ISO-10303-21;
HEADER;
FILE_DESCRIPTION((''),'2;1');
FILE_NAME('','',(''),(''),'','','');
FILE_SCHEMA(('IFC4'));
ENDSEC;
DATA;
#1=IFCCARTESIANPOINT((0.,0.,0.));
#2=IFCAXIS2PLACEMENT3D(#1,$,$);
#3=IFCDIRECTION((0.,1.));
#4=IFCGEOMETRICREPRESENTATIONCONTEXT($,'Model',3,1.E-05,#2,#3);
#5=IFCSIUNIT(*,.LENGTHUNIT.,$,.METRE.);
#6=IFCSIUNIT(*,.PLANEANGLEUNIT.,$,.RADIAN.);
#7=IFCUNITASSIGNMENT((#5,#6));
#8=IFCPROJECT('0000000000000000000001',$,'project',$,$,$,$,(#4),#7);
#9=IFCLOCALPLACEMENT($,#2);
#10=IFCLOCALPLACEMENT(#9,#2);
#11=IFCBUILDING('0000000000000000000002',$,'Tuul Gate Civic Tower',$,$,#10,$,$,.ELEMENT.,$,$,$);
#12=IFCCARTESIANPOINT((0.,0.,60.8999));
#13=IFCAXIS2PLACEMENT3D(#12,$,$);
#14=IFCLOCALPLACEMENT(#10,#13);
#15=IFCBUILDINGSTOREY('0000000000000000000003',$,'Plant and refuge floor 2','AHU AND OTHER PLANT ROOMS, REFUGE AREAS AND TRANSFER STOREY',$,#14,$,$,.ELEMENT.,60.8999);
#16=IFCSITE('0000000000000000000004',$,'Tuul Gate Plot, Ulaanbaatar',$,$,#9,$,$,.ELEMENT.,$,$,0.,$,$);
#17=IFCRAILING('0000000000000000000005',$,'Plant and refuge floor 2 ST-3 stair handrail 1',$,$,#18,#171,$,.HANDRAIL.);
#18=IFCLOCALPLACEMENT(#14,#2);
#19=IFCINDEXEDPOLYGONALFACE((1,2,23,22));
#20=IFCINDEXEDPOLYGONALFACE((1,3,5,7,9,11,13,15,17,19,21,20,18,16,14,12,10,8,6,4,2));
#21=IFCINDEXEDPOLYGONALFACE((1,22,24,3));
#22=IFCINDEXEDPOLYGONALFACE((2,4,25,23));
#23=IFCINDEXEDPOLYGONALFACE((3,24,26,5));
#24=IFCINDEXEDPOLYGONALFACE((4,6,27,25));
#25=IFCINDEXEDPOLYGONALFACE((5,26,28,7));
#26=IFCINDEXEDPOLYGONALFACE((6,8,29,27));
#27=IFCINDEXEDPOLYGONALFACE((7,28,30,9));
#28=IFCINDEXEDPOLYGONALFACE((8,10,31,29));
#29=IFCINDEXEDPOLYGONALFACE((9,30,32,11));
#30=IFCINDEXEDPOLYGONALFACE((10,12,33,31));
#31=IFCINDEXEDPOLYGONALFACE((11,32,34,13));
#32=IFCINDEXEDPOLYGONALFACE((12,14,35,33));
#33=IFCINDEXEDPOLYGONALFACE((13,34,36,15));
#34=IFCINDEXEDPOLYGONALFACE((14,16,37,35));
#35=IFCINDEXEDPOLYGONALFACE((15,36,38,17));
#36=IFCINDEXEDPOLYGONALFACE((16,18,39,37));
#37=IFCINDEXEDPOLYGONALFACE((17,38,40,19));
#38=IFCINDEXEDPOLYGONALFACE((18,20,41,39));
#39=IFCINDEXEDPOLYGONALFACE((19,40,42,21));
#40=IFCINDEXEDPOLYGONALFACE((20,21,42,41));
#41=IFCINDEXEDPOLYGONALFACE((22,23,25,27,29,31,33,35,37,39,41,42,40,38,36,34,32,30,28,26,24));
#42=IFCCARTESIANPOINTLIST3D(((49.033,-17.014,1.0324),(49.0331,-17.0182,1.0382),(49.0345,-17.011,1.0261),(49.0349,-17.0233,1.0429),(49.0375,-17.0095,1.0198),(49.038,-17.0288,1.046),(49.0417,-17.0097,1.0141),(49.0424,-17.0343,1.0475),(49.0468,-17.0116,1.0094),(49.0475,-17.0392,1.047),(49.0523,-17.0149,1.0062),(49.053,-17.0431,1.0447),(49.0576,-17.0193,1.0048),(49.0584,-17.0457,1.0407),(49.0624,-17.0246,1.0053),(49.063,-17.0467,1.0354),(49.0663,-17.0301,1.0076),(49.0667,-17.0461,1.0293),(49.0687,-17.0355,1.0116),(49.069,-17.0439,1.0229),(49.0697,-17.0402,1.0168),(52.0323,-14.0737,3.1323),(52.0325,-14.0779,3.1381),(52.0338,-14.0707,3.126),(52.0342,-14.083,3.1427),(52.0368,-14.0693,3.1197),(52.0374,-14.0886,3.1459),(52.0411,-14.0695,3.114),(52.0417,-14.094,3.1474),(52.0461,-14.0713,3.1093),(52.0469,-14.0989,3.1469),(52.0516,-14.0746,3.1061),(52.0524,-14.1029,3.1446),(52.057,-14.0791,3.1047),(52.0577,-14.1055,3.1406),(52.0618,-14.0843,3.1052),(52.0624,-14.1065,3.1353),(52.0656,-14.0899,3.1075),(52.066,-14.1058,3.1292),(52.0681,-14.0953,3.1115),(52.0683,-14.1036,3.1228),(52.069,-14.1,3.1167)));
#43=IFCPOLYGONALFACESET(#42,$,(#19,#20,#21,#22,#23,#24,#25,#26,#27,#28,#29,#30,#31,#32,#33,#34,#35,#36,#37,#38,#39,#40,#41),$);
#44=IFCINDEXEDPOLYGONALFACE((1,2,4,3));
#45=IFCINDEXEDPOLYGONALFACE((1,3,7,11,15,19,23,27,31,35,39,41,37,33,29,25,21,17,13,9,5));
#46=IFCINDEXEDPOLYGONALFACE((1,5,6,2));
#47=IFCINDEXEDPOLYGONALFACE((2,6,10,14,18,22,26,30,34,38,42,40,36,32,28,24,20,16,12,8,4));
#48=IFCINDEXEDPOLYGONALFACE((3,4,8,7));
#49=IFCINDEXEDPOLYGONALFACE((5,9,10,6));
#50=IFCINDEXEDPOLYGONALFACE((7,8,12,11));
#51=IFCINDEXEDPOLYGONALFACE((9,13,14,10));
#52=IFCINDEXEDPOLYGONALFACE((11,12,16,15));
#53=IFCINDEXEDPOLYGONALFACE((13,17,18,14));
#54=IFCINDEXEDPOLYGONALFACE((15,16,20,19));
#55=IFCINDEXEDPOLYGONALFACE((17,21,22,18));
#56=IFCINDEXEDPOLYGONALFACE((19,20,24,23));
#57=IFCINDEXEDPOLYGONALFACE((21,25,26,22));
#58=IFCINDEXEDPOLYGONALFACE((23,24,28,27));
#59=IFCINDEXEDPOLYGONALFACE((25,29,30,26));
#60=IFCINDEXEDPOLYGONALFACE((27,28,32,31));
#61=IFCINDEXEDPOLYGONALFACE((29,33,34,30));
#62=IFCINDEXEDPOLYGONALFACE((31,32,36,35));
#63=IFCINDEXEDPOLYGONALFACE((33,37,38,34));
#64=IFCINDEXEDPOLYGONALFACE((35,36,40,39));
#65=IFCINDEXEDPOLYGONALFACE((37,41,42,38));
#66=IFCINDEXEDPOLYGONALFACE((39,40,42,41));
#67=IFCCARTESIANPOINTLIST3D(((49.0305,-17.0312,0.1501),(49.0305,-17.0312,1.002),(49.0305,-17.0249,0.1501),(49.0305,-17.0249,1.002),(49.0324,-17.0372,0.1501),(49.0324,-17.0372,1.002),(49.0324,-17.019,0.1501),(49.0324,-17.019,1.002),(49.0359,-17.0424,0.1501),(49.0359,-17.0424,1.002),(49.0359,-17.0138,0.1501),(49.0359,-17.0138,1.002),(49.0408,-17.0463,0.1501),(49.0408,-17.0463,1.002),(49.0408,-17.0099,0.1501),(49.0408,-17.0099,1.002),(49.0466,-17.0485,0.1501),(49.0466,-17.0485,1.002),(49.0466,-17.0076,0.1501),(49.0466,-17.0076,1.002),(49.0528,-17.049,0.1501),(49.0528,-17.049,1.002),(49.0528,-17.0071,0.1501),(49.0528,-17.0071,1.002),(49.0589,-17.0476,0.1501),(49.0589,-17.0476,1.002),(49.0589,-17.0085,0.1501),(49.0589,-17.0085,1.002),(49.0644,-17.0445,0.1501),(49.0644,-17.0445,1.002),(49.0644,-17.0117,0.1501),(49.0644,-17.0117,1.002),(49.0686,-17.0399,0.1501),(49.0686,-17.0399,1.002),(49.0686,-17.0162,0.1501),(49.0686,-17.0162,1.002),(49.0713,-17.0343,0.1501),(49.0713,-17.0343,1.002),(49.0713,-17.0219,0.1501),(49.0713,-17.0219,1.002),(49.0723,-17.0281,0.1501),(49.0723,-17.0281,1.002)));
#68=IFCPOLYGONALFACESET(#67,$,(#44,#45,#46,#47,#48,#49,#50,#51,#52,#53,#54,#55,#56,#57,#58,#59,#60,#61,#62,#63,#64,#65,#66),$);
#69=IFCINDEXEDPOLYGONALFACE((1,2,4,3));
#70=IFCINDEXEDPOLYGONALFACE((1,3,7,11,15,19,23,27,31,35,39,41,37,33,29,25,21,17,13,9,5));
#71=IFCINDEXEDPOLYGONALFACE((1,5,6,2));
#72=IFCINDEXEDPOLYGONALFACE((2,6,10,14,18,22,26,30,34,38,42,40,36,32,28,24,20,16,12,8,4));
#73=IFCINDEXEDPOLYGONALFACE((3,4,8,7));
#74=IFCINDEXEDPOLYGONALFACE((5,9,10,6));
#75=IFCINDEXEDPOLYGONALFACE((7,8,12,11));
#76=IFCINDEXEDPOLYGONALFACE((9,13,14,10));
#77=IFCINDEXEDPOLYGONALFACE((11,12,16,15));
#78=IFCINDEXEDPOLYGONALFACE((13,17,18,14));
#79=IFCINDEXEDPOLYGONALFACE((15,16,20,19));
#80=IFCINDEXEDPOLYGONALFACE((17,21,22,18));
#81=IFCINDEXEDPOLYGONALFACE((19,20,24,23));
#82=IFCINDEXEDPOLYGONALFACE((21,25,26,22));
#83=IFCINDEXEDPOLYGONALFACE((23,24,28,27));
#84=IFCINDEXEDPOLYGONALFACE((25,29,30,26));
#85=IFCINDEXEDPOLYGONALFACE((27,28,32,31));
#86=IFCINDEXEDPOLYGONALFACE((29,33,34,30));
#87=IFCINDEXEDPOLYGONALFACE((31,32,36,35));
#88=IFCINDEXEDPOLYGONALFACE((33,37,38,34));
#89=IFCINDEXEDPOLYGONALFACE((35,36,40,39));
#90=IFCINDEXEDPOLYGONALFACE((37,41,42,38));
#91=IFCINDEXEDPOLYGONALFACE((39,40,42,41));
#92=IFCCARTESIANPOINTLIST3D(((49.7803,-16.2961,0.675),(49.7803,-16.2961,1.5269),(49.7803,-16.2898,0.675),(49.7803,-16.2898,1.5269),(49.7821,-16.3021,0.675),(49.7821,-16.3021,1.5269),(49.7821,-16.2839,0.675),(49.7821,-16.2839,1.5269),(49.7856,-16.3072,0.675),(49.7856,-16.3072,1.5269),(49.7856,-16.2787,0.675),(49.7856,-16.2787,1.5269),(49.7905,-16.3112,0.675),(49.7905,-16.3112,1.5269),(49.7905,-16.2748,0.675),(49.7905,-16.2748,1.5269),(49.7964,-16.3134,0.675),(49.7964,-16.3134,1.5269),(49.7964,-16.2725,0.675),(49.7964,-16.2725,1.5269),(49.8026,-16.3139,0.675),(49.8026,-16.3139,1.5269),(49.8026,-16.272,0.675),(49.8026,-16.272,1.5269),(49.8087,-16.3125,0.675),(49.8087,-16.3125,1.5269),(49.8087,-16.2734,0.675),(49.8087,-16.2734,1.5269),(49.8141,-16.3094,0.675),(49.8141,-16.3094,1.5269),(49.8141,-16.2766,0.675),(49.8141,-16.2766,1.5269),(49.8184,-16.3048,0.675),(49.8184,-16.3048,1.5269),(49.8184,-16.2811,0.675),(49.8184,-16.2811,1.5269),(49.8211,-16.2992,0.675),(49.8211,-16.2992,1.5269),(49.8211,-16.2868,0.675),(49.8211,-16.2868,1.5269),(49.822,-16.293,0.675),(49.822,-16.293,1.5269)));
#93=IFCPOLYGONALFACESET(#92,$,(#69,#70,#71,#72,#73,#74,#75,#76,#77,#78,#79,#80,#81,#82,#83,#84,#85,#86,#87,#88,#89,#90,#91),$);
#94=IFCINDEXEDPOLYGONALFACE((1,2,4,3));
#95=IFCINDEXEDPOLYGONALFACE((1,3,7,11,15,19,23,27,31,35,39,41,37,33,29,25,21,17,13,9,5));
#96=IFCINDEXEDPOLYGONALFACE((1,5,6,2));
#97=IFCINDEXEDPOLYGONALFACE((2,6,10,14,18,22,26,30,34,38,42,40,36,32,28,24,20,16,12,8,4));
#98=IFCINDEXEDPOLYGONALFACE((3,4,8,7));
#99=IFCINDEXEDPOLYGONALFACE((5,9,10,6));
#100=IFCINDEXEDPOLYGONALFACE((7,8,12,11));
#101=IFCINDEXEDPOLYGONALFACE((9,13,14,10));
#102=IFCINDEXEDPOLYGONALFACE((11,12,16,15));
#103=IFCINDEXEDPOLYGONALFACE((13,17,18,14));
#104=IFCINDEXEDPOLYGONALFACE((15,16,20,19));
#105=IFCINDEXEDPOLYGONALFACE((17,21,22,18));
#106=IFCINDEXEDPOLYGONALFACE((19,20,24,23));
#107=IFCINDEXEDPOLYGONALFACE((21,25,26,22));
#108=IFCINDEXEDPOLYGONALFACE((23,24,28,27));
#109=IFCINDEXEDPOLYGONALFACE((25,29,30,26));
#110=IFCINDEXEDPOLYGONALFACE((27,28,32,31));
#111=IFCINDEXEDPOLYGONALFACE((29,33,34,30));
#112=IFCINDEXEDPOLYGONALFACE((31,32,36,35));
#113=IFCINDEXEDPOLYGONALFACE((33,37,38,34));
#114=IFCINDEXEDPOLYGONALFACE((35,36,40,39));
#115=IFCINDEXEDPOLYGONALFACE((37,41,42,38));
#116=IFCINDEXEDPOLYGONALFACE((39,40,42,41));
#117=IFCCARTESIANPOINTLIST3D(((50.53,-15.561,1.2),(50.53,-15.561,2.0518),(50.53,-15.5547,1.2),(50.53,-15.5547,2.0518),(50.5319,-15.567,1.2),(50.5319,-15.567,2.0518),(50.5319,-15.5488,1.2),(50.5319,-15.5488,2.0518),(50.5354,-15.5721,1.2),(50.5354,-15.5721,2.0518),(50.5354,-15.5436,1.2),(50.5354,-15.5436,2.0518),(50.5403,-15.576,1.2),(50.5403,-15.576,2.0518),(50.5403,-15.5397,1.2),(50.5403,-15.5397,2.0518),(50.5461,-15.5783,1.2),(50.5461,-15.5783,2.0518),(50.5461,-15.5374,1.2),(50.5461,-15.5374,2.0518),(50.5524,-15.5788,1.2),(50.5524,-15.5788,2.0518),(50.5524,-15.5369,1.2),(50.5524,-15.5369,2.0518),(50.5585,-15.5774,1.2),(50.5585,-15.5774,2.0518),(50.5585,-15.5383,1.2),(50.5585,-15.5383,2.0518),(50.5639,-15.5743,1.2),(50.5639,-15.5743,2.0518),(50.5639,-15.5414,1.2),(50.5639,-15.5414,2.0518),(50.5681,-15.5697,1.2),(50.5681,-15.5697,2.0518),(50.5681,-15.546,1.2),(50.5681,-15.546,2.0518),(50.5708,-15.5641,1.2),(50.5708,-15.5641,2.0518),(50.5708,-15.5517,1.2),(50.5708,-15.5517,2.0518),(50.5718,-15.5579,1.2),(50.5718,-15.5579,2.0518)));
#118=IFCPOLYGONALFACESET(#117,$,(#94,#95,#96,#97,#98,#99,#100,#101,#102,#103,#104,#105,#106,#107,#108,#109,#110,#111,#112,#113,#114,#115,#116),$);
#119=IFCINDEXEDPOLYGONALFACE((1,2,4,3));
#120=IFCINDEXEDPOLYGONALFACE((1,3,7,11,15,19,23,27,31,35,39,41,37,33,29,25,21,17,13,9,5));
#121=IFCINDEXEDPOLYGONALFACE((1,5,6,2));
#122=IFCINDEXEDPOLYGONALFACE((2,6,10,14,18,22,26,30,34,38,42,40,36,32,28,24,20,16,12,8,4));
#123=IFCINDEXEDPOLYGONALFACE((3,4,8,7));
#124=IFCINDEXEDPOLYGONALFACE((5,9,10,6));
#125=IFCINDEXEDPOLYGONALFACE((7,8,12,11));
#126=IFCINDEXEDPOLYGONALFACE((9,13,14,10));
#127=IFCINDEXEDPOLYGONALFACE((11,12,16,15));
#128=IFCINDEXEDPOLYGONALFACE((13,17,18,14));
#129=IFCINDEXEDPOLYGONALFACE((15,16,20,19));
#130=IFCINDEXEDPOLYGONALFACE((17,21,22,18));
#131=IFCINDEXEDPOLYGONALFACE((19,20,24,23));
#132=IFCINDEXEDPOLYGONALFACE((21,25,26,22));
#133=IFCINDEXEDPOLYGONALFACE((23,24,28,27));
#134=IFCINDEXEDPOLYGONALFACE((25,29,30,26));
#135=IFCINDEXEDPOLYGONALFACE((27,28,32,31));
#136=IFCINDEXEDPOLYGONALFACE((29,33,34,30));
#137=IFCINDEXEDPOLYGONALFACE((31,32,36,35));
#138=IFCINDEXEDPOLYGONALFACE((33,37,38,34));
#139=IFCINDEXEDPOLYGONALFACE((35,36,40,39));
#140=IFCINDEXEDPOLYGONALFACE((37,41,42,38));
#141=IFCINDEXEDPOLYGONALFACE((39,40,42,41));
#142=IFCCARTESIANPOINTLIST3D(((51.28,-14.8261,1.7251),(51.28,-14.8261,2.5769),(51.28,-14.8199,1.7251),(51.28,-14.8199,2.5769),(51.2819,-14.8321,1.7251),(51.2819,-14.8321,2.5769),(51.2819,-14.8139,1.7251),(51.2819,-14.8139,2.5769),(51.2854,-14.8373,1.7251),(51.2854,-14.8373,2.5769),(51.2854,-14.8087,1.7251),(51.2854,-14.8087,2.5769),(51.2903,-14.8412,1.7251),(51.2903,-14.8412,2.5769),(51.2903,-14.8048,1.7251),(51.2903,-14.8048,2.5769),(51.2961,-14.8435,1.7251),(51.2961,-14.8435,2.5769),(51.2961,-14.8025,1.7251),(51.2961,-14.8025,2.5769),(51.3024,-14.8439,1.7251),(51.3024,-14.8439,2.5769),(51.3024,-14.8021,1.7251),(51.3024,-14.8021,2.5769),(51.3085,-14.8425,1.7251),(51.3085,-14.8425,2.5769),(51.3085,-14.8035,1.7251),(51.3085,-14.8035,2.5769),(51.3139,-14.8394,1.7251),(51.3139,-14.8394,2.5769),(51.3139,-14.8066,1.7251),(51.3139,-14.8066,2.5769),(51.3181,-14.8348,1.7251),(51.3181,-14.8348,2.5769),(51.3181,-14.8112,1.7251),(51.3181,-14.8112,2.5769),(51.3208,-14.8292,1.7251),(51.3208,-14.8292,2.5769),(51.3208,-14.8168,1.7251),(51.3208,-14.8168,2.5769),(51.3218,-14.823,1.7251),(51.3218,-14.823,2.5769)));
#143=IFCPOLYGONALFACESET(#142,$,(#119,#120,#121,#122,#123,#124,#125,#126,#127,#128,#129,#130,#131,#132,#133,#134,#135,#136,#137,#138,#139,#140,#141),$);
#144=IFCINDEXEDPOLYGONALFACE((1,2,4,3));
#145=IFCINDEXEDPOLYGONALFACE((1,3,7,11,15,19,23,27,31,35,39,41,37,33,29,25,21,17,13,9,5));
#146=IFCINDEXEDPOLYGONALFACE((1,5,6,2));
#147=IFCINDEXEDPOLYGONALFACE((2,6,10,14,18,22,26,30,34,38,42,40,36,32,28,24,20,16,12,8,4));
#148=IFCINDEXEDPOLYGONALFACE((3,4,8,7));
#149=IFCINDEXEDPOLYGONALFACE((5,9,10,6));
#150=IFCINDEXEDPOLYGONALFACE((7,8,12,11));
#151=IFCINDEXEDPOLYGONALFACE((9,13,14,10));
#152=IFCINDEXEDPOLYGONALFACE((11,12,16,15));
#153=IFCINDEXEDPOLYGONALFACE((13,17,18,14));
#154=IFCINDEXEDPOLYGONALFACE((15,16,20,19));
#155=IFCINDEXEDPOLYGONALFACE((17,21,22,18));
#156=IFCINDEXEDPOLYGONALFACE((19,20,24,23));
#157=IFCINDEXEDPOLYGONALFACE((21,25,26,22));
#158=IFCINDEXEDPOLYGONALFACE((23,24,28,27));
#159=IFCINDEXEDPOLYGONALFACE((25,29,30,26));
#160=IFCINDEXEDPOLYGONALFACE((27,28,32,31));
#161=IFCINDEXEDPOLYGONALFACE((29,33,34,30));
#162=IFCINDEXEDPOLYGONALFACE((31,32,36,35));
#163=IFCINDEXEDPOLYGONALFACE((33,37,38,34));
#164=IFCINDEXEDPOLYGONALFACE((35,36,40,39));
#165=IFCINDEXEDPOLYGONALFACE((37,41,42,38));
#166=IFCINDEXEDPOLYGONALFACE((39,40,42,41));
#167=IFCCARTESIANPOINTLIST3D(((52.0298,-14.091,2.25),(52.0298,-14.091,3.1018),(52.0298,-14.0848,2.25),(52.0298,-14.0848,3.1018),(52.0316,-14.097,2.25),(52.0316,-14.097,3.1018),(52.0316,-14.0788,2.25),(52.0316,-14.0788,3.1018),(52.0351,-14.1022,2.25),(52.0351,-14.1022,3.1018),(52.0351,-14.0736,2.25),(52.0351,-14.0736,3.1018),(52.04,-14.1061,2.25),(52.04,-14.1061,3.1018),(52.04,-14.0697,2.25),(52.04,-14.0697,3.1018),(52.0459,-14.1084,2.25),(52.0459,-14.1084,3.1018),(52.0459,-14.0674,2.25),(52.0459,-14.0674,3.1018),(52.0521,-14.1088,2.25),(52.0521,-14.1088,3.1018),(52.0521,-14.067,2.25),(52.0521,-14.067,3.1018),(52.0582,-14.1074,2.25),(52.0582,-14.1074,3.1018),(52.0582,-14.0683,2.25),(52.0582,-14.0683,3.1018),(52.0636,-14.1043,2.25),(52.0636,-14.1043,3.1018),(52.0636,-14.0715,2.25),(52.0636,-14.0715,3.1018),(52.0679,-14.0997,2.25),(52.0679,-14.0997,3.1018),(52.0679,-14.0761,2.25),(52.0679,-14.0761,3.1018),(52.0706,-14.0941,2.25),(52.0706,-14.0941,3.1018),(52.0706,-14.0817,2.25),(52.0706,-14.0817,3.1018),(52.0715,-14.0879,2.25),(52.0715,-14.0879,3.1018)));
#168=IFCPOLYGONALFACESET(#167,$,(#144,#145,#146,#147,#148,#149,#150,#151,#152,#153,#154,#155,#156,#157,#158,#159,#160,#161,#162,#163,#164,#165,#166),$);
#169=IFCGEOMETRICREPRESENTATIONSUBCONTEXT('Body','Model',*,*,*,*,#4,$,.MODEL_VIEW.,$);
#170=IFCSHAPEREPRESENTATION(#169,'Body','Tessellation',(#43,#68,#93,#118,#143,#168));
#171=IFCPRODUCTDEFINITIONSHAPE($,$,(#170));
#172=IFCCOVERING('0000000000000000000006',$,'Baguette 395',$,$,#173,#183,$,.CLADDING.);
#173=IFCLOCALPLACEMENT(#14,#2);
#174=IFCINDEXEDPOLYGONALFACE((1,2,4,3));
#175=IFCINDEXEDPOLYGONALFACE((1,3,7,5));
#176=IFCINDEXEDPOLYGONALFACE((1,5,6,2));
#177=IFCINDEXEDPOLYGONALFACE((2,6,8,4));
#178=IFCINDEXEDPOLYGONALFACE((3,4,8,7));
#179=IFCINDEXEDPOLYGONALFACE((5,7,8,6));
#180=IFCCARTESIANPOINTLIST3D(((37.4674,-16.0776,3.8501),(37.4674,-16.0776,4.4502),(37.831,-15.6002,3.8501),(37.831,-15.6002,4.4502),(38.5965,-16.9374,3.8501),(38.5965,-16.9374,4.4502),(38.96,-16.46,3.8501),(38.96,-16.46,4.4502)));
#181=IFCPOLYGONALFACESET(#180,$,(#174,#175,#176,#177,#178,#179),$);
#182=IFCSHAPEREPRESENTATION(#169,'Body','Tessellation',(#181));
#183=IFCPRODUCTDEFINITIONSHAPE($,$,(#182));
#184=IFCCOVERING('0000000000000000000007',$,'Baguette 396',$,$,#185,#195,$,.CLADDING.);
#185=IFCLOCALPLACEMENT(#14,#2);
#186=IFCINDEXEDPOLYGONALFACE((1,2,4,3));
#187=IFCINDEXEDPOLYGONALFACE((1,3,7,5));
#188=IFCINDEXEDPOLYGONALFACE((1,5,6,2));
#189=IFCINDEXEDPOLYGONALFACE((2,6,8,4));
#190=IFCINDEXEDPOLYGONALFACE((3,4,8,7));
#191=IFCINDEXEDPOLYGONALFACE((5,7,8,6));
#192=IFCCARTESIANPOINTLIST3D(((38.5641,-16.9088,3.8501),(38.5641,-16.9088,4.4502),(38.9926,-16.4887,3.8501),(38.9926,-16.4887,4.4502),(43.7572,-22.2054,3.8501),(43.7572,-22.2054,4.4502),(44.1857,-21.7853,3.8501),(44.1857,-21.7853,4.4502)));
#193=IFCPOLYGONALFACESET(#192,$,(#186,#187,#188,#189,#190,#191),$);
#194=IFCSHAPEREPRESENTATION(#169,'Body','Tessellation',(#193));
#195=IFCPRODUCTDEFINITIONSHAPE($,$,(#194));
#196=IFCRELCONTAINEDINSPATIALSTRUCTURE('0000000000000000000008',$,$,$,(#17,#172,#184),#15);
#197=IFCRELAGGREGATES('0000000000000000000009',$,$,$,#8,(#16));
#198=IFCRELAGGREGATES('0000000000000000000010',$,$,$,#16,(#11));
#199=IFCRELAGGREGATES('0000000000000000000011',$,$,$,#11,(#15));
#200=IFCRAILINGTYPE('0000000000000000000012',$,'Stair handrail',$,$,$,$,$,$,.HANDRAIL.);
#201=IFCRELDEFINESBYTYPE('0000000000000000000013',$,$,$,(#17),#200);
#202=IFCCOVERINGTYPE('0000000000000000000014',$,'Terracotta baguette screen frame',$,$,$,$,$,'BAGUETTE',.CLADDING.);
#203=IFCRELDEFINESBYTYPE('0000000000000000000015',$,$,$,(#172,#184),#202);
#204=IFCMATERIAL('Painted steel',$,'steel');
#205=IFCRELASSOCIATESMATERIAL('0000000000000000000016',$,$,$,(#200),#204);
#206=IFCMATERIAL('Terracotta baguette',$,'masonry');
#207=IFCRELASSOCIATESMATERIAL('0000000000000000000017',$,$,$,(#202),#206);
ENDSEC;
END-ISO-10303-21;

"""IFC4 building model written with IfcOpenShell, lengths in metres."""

from ifc_helpers import new_model, si_unit, direction, frame, origin, origin_2d, place, context, subcontext, project, spatial, rectangle, circle, extrude, material, material_profile, profile_set, type_object, element, save


model = new_model("IFC4")

# Units and contexts
model_context = context("Model", 3, precision=1e-05, world=origin(), true_north=direction((0.0, 1.0)))
body_context = subcontext(model_context, "Body", "Model", "MODEL_VIEW")
ifc_project = project(units=[si_unit("LENGTHUNIT", "METRE"), si_unit("PLANEANGLEUNIT", "RADIAN")], contexts=[model_context])

# Site, building, storey
site_placement = place(None, origin())
site = spatial("IfcSite", under=ifc_project, at=site_placement, Name="Tuul Gate Plot, Ulaanbaatar", CompositionType="ELEMENT", RefElevation=0.0)
building_placement = place(site_placement, origin())
building = spatial("IfcBuilding", under=site, at=building_placement, Name="Tuul Gate Civic Tower", CompositionType="ELEMENT")
storey_placement = place(building_placement, frame((0.0, 0.0, 60.8999)))
storey = spatial("IfcBuildingStorey", under=building, at=storey_placement, Name="Plant and refuge floor 2", Description="AHU AND OTHER PLANT ROOMS, REFUGE AREAS AND TRANSFER STOREY", CompositionType="ELEMENT", Elevation=60.8999)

# Railing
ifc_material_1 = material(Name="Painted steel", Category="steel")
railing_type_1 = type_object("IfcRailingType", Name="Stair handrail", PredefinedType="HANDRAIL", material=ifc_material_1)
railing_1_placement = place(storey_placement, frame((49.0513, -17.0281, 0.1501)))
element("IfcRailing", 1, at=railing_1_placement, inside=storey, type_object=railing_type_1, Name="Plant and refuge floor 2 ST-3 stair handrail 1", PredefinedType="HANDRAIL", context=body_context, shape_type="SweptSolid", body=[
    extrude(circle(Radius=0.0239, at=origin_2d()), frame((0.0, 0.0, 0.876), z_axis=(0.638725, 0.626143, 0.447186), x_axis=(-0.700038, 0.714105, 0.0)), (0.0, 0.0, 1.0), 4.6958),
    extrude(circle(Radius=0.021, at=origin_2d()), origin(), (0.0, 0.0, 1.0), 0.8518),
    extrude(circle(Radius=0.021, at=origin_2d()), frame((0.7498, 0.7351, 0.5249)), (0.0, 0.0, 1.0), 0.8518),
    extrude(circle(Radius=0.021, at=origin_2d()), frame((1.4995, 1.4702, 1.0498)), (0.0, 0.0, 1.0), 0.8518),
    extrude(circle(Radius=0.021, at=origin_2d()), frame((2.2495, 2.2051, 1.575)), (0.0, 0.0, 1.0), 0.8518),
    extrude(circle(Radius=0.021, at=origin_2d()), frame((2.9993, 2.9402, 2.0999)), (0.0, 0.0, 1.0), 0.8518),
])

# Coverings
ifc_material_2 = material(Name="Terracotta baguette", Category="masonry")
ifc_material_profile_1 = material_profile(ifc_material_2, rectangle(XDim=0.6001, YDim=0.6001, at=origin_2d()), Name="Terracotta baguette screen frame")
ifc_profile_set_1 = profile_set([ifc_material_profile_1], Name="Terracotta baguette")
covering_type = type_object("IfcCoveringType", Name="Terracotta baguette screen frame", ElementType="BAGUETTE", PredefinedType="CLADDING", material=ifc_profile_set_1)
covering_1_placement = place(storey_placement, frame((37.6492, -15.8389, 4.1501), z_axis=(0.795582, -0.605846, 0.0), x_axis=(0.605846, 0.795582, 0.0)))
element("IfcCovering", 2, at=covering_1_placement, inside=storey, type_object=covering_type, Name="Baguette 395", PredefinedType="CLADDING", context=body_context, shape_type="SweptSolid", body=[
    extrude(rectangle(XDim=0.6001, YDim=0.6001, at=origin_2d()), origin(), (0.0, 0.0, 1.0), 1.4192),
])
covering_2_placement = place(storey_placement, frame((38.7783, -16.6987, 4.1501), z_axis=(0.700095, -0.71405, 0.0), x_axis=(0.71405, 0.700095, 0.0)))
element("IfcCovering", 3, at=covering_2_placement, inside=storey, type_object=covering_type, Name="Baguette 396", PredefinedType="CLADDING", context=body_context, shape_type="SweptSolid", body=[
    extrude(rectangle(XDim=0.6001, YDim=0.6001, at=origin_2d()), origin(), (0.0, 0.0, 1.0), 7.4177),
])

save(model, "model.ifc")
